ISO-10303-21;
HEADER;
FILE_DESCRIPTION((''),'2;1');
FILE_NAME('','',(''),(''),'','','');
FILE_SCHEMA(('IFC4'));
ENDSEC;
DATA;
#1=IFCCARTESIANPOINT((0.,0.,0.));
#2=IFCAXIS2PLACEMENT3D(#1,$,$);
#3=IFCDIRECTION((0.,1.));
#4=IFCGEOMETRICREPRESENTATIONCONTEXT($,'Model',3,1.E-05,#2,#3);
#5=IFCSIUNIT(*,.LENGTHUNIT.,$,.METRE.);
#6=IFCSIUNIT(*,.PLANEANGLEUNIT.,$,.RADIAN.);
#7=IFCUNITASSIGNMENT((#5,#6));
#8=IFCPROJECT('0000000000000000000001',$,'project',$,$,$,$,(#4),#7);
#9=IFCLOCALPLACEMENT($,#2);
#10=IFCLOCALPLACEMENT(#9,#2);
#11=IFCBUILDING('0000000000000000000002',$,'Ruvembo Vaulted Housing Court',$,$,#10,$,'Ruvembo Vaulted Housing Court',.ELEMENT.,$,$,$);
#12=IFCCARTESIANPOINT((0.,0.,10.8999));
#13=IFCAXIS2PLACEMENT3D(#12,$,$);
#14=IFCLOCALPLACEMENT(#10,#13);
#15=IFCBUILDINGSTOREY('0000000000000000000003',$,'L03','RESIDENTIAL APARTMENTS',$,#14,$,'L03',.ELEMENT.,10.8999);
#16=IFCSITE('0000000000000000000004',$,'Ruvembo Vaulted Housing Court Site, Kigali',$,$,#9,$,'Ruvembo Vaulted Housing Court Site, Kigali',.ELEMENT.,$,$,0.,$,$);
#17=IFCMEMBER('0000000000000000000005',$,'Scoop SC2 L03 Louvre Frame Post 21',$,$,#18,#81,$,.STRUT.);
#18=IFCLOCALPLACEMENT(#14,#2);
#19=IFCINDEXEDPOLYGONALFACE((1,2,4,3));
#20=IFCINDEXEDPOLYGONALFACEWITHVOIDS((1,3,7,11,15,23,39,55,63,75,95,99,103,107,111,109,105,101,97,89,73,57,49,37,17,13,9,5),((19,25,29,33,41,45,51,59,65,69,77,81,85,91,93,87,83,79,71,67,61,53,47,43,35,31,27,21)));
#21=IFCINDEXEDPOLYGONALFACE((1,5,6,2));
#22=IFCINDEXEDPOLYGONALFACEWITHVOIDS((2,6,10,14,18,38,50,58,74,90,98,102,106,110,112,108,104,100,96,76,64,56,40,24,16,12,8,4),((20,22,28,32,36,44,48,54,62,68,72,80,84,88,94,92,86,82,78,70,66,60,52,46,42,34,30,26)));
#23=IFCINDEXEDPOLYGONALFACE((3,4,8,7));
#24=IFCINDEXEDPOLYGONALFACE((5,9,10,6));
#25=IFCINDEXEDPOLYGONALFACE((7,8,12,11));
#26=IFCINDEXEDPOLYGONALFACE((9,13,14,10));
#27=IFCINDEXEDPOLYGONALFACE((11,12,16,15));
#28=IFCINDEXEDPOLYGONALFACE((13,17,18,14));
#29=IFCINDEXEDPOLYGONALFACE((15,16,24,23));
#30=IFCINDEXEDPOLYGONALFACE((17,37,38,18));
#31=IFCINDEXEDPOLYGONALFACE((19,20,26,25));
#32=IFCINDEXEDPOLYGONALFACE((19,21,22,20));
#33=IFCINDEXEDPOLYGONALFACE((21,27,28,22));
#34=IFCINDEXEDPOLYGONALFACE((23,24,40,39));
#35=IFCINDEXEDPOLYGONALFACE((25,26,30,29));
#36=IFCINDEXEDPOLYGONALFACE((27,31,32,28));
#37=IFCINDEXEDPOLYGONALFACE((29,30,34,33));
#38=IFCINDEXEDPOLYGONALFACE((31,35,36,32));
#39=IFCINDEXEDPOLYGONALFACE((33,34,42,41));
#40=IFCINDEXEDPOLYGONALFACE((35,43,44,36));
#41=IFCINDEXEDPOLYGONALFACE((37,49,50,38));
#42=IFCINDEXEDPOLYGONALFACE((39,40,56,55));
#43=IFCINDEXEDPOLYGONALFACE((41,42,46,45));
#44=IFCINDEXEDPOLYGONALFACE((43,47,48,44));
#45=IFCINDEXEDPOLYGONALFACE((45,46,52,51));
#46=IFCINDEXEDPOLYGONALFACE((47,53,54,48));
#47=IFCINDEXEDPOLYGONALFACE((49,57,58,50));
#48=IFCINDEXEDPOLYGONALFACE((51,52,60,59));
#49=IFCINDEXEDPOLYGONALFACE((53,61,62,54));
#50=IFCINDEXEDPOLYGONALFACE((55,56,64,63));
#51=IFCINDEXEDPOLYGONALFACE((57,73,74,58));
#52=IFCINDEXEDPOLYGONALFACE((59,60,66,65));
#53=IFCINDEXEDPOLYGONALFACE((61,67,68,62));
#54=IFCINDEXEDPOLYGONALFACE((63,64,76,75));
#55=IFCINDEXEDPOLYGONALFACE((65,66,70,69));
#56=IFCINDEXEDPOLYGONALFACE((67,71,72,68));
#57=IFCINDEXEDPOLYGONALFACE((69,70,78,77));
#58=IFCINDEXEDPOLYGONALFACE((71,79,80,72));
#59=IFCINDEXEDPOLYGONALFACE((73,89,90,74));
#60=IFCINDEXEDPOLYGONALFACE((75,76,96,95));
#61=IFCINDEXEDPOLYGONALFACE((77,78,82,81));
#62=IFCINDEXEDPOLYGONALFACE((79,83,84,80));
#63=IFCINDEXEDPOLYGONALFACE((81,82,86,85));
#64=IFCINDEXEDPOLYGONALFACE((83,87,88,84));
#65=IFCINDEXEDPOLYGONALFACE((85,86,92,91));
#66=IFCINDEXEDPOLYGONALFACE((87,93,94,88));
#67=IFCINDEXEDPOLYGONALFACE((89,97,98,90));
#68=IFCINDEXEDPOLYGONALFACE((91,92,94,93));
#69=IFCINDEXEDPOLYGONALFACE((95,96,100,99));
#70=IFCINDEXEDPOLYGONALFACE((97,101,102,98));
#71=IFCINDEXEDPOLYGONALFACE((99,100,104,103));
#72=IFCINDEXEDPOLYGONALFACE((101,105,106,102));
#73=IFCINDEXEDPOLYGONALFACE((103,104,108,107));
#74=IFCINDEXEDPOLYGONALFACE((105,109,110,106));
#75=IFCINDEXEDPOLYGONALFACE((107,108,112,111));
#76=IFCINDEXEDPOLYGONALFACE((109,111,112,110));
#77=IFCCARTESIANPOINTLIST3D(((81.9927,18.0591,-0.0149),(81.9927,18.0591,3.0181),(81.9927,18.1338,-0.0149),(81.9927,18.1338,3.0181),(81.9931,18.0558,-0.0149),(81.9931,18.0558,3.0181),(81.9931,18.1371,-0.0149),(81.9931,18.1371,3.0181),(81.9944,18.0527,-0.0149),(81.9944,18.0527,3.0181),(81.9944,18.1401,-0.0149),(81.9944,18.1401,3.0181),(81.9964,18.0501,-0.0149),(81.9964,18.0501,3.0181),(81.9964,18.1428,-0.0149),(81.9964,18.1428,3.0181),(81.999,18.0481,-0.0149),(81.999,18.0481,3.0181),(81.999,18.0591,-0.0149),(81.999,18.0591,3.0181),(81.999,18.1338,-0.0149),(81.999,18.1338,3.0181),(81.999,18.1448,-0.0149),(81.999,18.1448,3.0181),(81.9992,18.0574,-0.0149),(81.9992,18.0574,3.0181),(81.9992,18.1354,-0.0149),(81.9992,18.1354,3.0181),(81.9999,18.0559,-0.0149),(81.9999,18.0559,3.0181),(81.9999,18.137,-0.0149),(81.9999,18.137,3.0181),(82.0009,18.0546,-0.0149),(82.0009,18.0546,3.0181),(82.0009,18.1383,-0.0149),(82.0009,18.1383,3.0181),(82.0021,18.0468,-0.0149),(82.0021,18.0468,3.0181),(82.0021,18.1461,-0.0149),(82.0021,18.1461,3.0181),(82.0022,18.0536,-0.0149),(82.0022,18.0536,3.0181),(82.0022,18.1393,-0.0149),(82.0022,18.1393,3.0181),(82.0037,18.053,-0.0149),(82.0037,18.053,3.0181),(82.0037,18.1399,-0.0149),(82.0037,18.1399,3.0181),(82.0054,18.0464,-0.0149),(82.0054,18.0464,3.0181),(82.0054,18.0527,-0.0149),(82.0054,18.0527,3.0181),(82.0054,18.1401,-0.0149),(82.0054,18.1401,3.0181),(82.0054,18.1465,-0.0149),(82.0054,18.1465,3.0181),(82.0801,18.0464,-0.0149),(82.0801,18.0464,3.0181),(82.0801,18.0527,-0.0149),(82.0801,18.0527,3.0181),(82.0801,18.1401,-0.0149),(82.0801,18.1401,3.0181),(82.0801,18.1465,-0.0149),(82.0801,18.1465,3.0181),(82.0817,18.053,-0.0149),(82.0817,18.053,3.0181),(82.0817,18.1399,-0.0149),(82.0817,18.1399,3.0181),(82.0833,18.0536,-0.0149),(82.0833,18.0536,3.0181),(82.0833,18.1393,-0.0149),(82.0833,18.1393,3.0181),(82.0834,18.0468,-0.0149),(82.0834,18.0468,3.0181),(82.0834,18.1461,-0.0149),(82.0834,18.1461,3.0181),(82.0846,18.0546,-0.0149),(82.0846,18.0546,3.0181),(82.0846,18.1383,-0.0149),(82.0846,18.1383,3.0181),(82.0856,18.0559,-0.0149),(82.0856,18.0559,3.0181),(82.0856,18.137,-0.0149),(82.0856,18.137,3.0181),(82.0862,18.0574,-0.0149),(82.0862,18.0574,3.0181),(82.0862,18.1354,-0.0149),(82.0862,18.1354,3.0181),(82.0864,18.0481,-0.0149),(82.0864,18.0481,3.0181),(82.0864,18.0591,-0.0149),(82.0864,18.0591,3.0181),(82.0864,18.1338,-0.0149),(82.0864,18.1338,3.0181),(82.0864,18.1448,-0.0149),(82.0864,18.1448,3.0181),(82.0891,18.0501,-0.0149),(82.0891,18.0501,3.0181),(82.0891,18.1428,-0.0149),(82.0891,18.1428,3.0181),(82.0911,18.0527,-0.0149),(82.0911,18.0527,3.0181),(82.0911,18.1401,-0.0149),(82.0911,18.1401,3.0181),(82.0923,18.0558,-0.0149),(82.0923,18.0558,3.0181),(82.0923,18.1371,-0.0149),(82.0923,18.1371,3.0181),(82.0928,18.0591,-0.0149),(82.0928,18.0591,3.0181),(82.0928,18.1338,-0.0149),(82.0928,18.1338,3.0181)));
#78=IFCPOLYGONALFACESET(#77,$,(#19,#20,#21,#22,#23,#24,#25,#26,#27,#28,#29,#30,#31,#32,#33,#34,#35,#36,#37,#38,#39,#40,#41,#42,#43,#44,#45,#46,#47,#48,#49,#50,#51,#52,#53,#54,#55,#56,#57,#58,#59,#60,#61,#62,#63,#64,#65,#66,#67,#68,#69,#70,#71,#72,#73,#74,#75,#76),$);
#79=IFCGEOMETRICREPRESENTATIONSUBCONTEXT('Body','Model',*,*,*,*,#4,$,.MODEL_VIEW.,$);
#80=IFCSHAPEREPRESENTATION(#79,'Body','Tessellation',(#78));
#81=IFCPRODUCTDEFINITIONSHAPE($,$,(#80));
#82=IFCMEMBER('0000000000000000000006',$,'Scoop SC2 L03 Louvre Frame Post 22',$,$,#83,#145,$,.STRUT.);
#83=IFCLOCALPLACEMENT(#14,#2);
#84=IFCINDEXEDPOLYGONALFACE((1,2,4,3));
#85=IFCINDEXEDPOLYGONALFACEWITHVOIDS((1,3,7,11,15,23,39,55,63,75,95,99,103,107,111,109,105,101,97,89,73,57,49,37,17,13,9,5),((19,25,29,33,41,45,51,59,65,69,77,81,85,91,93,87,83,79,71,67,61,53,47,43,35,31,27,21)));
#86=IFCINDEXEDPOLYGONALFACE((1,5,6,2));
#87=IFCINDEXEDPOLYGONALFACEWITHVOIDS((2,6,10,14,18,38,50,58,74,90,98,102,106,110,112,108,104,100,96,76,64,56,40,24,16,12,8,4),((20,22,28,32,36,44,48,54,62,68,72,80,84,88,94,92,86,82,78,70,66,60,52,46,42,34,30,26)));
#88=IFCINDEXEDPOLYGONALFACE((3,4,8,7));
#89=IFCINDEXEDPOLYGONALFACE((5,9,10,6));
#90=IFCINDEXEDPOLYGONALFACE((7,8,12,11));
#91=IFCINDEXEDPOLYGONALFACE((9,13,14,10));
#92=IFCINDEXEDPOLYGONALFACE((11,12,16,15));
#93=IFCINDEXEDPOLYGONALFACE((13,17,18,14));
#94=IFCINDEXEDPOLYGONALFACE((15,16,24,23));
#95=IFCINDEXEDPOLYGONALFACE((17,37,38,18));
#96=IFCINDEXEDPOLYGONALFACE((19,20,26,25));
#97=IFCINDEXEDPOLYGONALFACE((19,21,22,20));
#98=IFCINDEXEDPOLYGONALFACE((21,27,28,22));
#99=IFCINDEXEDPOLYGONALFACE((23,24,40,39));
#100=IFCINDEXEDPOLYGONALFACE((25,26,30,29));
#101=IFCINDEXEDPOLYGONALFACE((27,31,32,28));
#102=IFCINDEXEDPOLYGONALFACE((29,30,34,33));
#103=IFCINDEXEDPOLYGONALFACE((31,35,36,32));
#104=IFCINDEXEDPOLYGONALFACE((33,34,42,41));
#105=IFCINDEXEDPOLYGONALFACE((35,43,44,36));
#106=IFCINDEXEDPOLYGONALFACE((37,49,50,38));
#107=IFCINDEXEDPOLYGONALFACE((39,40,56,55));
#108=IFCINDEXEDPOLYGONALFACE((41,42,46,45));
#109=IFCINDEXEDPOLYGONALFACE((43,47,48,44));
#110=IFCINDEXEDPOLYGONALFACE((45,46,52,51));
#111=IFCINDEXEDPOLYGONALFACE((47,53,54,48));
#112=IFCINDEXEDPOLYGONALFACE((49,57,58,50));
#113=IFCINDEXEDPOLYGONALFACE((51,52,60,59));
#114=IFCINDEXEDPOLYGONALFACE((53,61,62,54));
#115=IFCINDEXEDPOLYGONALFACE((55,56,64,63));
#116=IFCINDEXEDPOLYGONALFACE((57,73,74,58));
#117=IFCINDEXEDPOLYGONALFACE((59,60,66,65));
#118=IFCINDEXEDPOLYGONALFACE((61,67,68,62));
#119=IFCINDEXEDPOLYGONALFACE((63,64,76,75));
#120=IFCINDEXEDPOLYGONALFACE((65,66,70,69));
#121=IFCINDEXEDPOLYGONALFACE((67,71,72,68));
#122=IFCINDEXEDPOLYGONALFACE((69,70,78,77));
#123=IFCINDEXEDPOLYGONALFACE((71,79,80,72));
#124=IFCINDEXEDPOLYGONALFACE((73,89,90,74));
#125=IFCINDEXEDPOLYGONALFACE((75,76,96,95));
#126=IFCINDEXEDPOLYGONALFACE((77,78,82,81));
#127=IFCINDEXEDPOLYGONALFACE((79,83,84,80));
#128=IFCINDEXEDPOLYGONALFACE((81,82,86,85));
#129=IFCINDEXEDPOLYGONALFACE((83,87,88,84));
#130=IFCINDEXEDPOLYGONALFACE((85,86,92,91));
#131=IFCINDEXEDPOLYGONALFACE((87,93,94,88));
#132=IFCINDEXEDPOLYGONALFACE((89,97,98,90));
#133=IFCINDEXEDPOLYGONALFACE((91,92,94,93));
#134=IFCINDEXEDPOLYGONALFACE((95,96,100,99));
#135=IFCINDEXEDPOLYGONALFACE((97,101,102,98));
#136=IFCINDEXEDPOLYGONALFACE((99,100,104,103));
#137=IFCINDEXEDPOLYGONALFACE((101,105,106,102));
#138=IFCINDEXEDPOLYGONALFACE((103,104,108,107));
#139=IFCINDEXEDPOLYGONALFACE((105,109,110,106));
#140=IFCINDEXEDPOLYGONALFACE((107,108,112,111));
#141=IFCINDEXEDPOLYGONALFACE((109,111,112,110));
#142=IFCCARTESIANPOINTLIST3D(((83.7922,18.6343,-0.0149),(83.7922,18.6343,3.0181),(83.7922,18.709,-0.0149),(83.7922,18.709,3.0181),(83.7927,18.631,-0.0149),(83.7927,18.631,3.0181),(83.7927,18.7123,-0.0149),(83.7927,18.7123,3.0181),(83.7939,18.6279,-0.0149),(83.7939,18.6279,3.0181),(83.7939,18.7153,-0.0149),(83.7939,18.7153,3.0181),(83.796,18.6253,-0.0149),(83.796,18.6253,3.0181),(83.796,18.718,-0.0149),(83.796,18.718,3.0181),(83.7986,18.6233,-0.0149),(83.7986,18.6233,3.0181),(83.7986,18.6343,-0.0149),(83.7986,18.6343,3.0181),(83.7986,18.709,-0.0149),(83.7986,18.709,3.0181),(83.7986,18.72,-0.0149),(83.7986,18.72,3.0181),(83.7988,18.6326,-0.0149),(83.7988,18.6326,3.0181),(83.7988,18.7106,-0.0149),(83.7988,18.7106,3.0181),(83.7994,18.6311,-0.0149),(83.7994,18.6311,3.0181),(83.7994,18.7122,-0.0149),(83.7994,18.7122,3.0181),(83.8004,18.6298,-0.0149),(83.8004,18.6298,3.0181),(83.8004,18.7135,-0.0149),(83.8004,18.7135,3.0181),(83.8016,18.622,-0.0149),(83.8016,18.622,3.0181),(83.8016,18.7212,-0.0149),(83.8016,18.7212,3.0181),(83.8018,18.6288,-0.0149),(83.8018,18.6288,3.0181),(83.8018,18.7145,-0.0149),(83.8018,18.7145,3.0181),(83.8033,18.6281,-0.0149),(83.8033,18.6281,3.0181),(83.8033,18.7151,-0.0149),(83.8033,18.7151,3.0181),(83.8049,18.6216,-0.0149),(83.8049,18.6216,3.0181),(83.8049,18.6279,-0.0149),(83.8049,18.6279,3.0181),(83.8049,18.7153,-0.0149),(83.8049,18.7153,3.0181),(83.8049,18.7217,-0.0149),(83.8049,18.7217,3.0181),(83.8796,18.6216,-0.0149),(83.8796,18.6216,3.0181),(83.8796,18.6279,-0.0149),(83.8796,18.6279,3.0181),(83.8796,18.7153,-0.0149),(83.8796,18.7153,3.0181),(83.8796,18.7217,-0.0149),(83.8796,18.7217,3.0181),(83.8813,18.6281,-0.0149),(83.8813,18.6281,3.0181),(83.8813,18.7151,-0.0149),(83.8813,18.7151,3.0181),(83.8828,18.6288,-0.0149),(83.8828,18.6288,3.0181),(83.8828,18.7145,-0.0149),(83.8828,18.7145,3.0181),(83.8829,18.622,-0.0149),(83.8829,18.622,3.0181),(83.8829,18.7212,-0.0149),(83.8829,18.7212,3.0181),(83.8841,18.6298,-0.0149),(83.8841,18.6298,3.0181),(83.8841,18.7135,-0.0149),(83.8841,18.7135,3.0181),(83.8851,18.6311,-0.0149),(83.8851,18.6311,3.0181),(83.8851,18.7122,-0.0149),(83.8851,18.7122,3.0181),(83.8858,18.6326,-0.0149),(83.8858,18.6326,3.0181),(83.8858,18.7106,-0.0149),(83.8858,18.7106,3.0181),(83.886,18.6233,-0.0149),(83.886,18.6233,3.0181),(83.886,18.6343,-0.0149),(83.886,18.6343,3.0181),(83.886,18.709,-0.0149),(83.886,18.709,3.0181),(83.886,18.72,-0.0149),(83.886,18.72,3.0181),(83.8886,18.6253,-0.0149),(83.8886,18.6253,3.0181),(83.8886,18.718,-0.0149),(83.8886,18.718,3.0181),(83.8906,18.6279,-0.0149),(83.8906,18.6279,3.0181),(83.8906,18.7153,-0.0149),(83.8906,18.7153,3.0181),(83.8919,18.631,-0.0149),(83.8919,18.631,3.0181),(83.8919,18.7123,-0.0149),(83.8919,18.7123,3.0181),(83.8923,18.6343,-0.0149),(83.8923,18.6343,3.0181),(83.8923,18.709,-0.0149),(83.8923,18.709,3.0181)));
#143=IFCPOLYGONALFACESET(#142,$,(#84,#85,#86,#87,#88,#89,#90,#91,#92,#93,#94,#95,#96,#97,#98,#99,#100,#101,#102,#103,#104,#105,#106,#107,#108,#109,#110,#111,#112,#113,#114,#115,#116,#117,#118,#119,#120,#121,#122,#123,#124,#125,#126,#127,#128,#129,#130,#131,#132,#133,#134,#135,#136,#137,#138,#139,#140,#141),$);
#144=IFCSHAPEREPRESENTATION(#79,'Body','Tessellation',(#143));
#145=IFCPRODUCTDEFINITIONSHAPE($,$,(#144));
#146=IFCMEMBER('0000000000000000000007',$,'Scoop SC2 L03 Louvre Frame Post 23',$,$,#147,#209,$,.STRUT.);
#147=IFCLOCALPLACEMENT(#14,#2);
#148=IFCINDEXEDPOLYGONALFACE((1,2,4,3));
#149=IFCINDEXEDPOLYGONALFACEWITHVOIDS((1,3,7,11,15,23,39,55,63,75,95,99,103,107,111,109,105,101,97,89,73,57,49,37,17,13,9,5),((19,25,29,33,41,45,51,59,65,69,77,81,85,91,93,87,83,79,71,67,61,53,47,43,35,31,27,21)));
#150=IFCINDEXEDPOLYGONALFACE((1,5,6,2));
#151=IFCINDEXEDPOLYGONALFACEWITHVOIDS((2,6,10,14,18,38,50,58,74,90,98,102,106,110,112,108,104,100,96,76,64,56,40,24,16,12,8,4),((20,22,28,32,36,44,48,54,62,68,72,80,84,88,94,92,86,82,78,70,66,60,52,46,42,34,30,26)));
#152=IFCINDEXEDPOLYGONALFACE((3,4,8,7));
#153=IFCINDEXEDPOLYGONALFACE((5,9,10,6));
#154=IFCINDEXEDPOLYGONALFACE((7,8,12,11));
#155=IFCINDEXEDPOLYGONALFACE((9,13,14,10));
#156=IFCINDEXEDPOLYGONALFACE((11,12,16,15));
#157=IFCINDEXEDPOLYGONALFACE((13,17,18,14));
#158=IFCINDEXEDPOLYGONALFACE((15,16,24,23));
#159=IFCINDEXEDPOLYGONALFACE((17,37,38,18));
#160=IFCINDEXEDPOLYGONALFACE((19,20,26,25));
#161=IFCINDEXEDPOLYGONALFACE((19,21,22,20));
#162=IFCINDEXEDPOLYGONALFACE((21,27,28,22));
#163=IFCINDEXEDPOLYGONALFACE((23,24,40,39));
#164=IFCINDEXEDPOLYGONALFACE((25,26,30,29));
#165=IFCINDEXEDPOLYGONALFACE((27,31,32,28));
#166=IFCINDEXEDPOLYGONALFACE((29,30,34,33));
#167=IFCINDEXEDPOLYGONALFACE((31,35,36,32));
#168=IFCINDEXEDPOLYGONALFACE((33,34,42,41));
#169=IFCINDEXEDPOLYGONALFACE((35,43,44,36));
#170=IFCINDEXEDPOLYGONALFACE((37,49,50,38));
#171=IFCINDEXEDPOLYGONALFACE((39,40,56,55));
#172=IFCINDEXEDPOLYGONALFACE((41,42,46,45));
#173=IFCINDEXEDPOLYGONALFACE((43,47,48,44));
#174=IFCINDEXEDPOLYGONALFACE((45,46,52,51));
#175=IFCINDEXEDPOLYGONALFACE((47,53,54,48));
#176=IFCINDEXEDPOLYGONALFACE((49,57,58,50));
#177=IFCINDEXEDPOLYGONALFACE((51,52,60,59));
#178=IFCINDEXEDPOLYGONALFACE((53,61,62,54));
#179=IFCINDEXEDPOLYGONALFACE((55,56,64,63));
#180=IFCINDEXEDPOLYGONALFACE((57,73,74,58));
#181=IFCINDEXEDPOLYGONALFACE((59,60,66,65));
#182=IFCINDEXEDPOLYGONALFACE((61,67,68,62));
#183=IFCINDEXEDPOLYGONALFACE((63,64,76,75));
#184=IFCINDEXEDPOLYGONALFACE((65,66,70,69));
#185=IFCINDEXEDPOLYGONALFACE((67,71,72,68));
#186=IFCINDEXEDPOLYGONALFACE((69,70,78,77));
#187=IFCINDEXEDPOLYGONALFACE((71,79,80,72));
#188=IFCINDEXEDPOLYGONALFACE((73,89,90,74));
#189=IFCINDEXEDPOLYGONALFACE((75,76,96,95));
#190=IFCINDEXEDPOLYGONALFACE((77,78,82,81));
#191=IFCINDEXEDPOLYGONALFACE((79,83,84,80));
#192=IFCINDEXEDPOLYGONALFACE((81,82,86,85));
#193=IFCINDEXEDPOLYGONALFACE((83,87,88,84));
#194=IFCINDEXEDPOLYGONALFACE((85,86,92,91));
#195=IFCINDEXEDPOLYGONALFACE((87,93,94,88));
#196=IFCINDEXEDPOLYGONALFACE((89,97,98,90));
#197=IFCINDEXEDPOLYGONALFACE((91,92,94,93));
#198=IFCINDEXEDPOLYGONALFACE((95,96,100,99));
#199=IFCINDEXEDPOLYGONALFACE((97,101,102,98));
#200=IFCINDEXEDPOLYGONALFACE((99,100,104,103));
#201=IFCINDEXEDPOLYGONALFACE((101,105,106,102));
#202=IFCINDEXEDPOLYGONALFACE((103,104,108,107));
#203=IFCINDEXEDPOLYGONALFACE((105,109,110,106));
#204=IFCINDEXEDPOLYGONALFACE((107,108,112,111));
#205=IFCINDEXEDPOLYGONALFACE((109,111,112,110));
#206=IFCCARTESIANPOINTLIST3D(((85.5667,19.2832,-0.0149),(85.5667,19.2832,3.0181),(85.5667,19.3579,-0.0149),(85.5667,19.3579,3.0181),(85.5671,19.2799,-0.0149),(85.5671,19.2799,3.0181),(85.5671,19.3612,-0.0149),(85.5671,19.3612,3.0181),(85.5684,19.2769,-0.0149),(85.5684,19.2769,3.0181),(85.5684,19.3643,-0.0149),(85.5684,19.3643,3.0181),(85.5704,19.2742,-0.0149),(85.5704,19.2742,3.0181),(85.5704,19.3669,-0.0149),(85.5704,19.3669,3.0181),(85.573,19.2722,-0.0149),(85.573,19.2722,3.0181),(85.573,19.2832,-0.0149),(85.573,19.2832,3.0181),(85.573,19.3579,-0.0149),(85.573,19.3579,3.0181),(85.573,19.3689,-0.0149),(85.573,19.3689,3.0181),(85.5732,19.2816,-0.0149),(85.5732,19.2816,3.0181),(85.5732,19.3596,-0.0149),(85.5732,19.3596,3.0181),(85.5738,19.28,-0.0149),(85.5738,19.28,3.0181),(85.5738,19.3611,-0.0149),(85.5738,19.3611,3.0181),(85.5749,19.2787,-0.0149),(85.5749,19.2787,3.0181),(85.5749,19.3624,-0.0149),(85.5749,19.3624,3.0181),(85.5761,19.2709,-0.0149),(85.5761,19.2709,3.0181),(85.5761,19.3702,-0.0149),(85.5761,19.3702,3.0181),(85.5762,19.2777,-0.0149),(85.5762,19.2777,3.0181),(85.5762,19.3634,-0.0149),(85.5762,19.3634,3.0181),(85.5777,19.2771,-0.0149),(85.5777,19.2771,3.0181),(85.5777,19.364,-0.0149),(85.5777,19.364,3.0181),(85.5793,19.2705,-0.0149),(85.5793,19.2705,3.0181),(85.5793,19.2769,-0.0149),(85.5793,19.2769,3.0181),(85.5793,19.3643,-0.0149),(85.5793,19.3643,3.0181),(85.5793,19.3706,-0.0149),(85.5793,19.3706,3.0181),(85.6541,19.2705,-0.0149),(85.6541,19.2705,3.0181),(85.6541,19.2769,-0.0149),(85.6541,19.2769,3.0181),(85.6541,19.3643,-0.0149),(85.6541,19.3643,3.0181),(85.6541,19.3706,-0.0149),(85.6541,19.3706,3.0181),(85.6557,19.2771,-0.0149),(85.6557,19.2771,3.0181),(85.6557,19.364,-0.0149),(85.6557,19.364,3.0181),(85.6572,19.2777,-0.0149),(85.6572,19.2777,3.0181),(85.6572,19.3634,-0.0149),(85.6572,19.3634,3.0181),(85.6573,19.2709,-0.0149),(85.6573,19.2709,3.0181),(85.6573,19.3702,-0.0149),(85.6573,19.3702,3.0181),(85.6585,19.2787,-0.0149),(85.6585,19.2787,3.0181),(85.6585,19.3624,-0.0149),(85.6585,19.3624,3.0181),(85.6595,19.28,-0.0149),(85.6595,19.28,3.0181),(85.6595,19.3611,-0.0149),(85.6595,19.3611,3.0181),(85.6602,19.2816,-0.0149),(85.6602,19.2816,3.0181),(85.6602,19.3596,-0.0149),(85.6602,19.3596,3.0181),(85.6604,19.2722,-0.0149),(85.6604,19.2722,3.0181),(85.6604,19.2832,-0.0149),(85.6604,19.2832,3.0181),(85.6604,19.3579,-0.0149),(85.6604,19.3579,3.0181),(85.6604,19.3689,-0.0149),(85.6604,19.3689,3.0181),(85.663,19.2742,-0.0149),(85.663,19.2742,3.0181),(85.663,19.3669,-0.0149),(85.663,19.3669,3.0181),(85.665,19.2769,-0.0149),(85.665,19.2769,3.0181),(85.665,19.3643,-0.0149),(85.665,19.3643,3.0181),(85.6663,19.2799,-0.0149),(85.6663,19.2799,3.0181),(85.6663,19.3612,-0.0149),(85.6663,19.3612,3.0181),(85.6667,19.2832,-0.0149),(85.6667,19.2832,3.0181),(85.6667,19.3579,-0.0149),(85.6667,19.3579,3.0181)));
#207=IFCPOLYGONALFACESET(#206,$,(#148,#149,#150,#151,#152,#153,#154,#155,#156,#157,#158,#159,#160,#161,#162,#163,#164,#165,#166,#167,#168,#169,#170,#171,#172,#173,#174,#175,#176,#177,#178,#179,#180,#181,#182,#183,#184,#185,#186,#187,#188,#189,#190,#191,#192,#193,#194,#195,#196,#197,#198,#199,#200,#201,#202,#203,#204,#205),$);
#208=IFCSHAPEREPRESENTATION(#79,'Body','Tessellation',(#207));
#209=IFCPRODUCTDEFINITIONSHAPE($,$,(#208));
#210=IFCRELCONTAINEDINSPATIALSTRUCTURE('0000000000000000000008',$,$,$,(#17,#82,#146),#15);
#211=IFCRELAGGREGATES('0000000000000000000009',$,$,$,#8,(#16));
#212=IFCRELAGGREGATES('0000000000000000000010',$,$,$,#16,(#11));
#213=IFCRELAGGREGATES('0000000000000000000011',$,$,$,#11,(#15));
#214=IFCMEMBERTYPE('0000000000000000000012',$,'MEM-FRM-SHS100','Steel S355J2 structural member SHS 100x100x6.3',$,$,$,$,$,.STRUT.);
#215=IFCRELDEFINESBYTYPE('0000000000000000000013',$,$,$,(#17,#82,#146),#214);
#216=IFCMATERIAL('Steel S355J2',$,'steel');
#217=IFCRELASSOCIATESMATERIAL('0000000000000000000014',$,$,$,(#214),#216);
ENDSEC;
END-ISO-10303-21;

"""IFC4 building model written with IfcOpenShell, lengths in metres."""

from ifc_helpers import new_model, si_unit, direction, frame, origin, origin_2d, place, context, subcontext, project, spatial, hollow_rectangle, extrude, material, material_profile, profile_set, type_object, element, save


model = new_model("IFC4")

# Units and contexts
model_context = context("Model", 3, precision=1e-05, world=origin(), true_north=direction((0.0, 1.0)))
body_context = subcontext(model_context, "Body", "Model", "MODEL_VIEW")
ifc_project = project(units=[si_unit("LENGTHUNIT", "METRE"), si_unit("PLANEANGLEUNIT", "RADIAN")], contexts=[model_context])

# Site, building, storey
site_placement = place(None, origin())
site = spatial("IfcSite", under=ifc_project, at=site_placement, Name="Ruvembo Vaulted Housing Court Site, Kigali", LongName="Ruvembo Vaulted Housing Court Site, Kigali", CompositionType="ELEMENT", RefElevation=0.0)
building_placement = place(site_placement, origin())
building = spatial("IfcBuilding", under=site, at=building_placement, Name="Ruvembo Vaulted Housing Court", LongName="Ruvembo Vaulted Housing Court", CompositionType="ELEMENT")
storey_placement = place(building_placement, frame((0.0, 0.0, 10.8999)))
storey = spatial("IfcBuildingStorey", under=building, at=storey_placement, Name="L03", Description="RESIDENTIAL APARTMENTS", LongName="L03", CompositionType="ELEMENT", Elevation=10.8999)

# Shared definitions
ifc_material_1 = material(Name="Steel S355J2", Category="steel")

# Members
ifc_material_profile_1 = material_profile(ifc_material_1, hollow_rectangle(XDim=0.1001, YDim=0.1001, WallThickness=0.0063, InnerFilletRadius=0.0063, OuterFilletRadius=0.0127, at=origin_2d()), Name="SHS 100x100x6.3")
ifc_profile_set_1 = profile_set([ifc_material_profile_1], Name="Steel S355J2")
member_type_1 = type_object("IfcMemberType", Name="MEM-FRM-SHS100", Description="Steel S355J2 structural member SHS 100x100x6.3", PredefinedType="STRUT", material=ifc_profile_set_1)
for number, where, z_axis, x_axis, name in (
    (1, (82.0427, 18.0964, -0.0149), (0.0, 0.0, 1.0), (1.0, 0.0, 0.0), "Scoop SC2 L03 Louvre Frame Post 21"),
    (2, (83.8423, 18.6716, -0.0149), (0.0, 0.0, 1.0), (1.0, 0.0, 0.0), "Scoop SC2 L03 Louvre Frame Post 22"),
    (3, (85.6167, 19.3206, -0.0149), (0.0, 0.0, 1.0), (1.0, 0.0, 0.0), "Scoop SC2 L03 Louvre Frame Post 23"),
):
    element("IfcMember", number, at=place(storey_placement, frame(where, z_axis=z_axis, x_axis=x_axis)), inside=storey, type_object=member_type_1, Name=name, PredefinedType="STRUT", context=body_context, shape_type="SweptSolid", body=[
        extrude(hollow_rectangle(XDim=0.1001, YDim=0.1001, WallThickness=0.0063, InnerFilletRadius=0.0063, OuterFilletRadius=0.0127, at=origin_2d()), origin(), (0.0, 0.0, 1.0), 3.033),
    ])

save(model, "model.ifc")
